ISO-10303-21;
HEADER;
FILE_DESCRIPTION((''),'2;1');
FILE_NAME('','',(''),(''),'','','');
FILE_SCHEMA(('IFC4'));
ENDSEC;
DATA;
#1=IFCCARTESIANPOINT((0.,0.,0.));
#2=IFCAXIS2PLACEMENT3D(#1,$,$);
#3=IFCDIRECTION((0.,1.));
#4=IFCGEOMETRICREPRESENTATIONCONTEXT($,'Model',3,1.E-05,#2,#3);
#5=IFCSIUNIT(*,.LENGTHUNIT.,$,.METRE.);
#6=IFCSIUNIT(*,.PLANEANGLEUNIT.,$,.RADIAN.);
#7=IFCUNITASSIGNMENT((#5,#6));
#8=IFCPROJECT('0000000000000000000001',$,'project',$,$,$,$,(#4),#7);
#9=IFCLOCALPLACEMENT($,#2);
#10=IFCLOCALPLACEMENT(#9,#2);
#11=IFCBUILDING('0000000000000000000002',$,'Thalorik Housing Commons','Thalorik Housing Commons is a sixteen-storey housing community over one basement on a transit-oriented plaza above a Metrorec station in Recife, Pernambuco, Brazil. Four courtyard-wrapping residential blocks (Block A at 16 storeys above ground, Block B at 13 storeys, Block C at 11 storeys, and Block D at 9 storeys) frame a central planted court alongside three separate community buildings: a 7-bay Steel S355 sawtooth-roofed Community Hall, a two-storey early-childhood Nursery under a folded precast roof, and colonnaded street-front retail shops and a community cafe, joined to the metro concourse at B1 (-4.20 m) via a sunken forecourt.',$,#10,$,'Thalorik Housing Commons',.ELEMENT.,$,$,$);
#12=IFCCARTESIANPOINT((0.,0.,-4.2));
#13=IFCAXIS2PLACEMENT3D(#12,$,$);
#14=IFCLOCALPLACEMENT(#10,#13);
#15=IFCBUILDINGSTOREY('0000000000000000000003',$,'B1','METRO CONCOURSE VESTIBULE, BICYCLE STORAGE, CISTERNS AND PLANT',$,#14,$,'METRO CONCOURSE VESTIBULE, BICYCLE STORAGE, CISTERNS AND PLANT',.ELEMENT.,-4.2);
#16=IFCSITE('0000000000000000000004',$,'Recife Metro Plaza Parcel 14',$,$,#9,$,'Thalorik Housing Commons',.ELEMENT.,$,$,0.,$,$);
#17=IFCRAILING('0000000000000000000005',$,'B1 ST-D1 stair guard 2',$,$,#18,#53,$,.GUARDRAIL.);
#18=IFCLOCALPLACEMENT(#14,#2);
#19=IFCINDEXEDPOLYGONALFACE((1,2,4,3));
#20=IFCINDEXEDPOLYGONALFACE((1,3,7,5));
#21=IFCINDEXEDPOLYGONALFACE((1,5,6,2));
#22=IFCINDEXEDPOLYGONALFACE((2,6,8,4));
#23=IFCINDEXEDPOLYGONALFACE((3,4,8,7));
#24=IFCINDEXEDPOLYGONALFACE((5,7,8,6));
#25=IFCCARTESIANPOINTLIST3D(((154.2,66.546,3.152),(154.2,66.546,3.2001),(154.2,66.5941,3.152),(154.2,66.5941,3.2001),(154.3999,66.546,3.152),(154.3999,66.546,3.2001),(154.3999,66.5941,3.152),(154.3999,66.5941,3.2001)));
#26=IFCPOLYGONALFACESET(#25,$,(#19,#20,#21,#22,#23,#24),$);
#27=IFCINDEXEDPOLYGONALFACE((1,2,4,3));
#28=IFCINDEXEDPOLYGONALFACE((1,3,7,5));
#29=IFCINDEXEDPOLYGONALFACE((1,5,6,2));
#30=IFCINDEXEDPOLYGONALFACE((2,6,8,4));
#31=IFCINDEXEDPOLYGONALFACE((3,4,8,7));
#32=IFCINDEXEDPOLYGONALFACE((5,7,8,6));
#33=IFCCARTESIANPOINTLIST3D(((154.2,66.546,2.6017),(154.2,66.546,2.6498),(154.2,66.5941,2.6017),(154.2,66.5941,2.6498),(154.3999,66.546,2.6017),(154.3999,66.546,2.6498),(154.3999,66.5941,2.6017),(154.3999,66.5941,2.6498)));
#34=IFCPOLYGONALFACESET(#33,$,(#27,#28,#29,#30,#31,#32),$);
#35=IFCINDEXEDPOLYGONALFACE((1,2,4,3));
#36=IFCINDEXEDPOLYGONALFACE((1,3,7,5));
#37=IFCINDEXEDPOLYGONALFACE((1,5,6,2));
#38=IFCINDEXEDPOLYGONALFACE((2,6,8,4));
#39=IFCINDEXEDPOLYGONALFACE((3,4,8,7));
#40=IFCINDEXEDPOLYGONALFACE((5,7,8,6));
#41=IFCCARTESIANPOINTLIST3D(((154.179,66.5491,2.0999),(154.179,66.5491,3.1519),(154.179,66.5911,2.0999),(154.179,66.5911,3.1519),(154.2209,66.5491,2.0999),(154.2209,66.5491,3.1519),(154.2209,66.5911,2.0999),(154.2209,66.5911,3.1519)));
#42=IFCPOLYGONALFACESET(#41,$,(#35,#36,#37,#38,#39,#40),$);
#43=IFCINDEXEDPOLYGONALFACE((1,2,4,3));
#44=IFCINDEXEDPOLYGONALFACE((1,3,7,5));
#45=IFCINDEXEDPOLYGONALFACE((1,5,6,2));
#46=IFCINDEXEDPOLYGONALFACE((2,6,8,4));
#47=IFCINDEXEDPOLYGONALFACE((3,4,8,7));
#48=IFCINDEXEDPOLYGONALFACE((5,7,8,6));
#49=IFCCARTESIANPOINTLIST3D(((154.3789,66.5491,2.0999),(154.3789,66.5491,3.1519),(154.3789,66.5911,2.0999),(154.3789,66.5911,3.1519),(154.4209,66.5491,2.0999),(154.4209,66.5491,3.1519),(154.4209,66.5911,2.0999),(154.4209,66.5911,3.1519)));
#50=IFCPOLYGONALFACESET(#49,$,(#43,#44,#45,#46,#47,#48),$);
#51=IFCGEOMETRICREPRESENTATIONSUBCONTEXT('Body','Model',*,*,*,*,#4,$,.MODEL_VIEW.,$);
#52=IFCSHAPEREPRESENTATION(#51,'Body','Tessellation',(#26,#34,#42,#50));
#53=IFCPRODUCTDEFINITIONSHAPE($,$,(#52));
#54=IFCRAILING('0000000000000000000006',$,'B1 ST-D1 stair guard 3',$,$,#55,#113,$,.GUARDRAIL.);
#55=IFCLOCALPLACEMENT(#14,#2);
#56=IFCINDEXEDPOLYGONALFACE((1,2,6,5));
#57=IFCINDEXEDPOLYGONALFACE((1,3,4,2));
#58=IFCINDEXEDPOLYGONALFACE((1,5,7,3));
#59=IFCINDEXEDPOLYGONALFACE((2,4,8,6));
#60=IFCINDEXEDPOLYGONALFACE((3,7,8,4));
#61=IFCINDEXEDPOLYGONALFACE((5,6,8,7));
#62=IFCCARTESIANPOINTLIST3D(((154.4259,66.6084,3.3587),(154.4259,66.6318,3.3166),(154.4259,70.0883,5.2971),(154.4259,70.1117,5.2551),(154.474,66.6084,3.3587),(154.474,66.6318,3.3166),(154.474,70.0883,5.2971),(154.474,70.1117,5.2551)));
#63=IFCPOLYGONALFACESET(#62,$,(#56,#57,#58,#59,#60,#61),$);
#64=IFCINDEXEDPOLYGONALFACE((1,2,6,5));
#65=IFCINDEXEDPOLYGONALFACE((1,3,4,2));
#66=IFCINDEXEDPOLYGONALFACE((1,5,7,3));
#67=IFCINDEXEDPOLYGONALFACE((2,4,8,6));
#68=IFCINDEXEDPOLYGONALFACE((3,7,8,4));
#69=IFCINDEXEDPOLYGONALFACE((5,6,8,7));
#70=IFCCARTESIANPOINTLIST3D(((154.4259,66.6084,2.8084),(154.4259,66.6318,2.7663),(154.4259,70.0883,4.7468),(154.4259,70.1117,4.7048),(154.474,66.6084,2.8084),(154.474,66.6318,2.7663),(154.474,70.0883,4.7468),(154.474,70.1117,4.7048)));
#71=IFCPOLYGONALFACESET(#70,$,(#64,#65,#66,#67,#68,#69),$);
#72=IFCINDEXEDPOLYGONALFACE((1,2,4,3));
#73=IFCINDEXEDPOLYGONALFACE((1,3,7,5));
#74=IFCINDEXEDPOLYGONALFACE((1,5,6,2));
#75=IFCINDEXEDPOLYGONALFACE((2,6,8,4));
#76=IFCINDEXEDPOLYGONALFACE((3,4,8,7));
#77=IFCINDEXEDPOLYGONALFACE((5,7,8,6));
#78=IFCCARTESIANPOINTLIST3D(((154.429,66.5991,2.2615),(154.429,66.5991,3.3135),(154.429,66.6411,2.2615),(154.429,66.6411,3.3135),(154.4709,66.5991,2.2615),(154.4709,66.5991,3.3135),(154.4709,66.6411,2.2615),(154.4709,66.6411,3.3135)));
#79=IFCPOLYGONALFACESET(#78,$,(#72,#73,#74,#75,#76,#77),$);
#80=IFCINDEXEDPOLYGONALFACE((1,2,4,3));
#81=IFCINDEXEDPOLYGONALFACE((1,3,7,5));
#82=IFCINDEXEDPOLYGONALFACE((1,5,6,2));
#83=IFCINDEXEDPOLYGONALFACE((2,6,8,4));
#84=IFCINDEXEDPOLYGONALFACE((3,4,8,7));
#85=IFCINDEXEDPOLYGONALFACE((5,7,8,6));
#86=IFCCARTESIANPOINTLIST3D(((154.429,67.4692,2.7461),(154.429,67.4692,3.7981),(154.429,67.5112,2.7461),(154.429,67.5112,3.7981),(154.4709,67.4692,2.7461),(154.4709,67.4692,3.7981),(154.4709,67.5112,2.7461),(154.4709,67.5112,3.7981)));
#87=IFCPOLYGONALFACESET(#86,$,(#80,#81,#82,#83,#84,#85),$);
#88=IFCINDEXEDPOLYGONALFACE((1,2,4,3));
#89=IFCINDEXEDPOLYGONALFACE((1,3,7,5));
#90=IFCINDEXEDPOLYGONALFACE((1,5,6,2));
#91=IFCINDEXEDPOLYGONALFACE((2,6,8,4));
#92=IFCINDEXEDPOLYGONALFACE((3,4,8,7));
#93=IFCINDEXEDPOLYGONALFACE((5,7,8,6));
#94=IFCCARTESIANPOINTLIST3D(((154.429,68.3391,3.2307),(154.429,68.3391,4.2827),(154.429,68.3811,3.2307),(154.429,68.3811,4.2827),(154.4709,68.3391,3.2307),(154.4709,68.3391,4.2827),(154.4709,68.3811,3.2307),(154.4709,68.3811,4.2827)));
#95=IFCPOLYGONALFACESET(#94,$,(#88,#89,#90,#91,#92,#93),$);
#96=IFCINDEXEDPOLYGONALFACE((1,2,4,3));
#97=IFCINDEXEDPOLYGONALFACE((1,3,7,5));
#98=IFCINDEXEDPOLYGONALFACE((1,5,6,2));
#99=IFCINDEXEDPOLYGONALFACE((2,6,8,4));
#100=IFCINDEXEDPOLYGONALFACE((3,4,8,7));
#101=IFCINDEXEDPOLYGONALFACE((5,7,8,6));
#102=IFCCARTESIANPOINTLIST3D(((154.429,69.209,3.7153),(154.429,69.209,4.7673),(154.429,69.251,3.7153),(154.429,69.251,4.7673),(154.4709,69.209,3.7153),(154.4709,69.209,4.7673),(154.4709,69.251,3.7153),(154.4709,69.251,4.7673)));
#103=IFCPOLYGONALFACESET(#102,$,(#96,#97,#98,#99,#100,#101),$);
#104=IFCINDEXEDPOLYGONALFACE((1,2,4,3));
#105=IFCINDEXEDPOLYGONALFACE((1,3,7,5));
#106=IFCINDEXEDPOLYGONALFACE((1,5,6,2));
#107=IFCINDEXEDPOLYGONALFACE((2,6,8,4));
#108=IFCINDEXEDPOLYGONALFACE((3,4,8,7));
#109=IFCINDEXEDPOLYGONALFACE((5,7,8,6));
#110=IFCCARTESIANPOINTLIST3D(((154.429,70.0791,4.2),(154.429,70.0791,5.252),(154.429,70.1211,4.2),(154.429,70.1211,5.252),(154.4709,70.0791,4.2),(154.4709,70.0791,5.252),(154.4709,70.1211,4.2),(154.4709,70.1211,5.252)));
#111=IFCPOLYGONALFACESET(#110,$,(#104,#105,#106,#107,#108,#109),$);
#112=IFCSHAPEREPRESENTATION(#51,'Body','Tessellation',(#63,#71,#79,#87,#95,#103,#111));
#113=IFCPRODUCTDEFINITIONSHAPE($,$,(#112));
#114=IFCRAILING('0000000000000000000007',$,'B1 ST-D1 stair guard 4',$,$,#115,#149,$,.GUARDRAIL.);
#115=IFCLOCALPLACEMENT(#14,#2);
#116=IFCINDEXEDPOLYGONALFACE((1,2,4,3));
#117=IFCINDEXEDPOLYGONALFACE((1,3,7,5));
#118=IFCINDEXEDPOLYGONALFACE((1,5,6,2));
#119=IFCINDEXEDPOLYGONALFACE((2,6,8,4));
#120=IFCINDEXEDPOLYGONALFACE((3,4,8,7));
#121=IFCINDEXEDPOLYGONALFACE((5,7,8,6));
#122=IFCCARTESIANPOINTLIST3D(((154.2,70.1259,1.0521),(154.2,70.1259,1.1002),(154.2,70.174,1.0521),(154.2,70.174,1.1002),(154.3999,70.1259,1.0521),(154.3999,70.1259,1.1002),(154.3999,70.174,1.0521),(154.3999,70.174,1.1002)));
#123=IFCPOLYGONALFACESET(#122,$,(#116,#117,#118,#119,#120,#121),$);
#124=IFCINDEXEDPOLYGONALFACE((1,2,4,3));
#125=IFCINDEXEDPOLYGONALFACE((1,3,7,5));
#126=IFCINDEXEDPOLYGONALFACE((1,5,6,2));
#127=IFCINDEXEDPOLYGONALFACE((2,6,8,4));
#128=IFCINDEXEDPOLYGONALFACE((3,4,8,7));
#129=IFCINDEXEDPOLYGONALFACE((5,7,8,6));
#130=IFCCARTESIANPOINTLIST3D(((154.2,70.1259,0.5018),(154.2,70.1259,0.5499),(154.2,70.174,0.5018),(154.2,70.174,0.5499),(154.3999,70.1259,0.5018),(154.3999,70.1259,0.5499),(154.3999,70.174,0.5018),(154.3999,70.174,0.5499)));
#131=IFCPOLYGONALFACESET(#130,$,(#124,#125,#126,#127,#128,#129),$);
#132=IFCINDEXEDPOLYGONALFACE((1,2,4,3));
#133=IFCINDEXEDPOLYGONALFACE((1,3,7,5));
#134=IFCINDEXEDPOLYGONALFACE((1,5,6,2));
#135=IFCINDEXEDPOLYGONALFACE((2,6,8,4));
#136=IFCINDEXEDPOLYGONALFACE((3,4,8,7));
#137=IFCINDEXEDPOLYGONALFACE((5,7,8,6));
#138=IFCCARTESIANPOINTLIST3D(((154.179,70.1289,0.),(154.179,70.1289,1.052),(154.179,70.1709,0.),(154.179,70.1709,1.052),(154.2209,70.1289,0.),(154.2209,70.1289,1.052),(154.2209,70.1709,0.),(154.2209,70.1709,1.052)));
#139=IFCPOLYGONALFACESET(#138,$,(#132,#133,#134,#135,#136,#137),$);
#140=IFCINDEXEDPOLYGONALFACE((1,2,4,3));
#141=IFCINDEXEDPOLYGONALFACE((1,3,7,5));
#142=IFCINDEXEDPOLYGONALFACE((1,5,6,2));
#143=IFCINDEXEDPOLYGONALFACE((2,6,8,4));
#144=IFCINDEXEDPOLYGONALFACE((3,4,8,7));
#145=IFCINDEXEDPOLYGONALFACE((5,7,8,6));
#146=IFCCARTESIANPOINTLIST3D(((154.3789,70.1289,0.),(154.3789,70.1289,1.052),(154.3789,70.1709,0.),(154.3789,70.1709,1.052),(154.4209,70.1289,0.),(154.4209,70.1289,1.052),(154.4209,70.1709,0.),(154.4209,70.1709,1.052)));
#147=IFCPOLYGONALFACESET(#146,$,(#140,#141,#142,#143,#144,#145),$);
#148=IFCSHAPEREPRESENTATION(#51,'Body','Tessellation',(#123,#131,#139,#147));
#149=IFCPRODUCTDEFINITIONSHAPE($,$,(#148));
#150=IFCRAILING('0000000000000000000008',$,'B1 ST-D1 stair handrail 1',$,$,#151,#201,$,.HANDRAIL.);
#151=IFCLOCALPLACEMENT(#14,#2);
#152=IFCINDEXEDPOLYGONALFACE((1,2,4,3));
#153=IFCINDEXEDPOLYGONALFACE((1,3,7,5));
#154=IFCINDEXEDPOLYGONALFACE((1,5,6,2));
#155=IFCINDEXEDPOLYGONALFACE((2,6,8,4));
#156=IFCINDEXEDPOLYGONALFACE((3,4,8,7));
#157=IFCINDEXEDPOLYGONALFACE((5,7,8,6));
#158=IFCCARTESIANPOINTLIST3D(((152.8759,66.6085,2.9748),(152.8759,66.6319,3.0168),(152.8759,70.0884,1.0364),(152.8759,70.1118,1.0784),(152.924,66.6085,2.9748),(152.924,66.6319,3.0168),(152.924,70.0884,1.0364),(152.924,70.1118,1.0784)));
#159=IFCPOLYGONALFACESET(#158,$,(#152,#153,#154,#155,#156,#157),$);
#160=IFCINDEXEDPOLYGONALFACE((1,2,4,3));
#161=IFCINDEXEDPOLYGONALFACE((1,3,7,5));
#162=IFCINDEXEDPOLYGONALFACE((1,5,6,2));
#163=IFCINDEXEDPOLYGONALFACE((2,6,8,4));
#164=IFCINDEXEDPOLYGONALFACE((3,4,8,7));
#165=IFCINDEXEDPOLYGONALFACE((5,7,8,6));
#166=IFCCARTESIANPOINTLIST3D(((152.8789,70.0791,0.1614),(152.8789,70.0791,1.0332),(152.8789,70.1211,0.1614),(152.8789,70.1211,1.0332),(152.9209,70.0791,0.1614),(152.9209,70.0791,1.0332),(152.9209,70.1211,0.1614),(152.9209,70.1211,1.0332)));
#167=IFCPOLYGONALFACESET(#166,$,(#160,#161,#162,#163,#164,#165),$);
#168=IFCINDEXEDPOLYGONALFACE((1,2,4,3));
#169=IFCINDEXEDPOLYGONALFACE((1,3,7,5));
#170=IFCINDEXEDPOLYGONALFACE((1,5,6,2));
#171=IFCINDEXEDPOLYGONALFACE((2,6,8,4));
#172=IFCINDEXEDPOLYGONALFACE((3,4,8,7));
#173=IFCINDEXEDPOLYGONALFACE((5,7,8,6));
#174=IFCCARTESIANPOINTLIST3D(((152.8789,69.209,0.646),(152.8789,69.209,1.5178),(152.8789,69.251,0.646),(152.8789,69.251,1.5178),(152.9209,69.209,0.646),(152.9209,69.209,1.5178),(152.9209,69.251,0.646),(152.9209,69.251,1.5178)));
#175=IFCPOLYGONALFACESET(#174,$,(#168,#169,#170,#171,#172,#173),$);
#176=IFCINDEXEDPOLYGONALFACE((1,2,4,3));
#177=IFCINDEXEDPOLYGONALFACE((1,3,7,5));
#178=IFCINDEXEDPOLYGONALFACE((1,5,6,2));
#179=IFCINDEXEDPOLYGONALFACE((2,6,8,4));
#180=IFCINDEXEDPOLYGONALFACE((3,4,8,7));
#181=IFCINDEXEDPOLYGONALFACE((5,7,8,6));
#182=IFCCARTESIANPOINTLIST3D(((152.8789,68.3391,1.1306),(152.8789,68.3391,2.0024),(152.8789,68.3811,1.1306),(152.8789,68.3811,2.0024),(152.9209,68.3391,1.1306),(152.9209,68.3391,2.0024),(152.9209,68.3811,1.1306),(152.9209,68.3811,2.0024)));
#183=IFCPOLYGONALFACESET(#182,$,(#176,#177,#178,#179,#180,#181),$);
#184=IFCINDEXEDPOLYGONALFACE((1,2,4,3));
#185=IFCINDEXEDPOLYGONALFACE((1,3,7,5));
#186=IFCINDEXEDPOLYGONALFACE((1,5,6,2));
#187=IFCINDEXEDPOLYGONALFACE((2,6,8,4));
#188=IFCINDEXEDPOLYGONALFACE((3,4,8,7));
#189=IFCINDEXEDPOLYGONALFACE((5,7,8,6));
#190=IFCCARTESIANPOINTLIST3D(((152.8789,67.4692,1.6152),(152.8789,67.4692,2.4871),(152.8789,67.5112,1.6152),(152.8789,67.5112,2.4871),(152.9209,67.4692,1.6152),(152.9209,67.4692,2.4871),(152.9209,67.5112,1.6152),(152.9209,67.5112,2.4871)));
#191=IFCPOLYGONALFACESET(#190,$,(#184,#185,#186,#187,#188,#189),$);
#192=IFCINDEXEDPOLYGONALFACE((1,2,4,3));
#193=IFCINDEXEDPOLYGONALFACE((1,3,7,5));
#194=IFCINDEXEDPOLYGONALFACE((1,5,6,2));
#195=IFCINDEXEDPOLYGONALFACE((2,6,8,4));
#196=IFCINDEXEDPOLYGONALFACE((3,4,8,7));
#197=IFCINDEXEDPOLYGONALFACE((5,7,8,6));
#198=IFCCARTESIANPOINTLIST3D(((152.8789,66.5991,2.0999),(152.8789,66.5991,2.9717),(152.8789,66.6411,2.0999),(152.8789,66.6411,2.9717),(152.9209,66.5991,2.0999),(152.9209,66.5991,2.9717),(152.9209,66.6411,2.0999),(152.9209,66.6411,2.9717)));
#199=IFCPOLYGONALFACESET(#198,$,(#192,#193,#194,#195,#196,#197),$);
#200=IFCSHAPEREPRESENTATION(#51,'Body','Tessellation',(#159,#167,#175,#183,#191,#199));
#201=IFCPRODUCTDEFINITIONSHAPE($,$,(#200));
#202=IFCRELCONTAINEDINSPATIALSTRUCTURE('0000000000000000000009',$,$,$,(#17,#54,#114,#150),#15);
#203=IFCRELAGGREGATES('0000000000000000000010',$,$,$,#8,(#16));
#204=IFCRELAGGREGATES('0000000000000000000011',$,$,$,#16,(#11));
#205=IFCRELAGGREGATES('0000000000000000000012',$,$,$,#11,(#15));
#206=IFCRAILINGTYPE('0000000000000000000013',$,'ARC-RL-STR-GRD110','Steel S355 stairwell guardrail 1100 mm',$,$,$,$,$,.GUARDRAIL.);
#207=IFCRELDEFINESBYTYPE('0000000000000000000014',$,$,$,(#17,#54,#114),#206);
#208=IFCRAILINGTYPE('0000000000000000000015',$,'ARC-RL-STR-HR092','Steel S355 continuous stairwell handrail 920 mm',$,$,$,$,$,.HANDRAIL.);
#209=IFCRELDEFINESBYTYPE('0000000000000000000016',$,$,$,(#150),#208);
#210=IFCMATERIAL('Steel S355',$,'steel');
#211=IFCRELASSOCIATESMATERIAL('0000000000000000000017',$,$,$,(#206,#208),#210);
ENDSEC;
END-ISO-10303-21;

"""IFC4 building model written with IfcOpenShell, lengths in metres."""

from ifc_helpers import new_model, si_unit, direction, frame, origin, origin_2d, place, context, subcontext, project, spatial, rectangle, extrude, material, type_object, element, save


model = new_model("IFC4")

# Units and contexts
model_context = context("Model", 3, precision=1e-05, world=origin(), true_north=direction((0.0, 1.0)))
body_context = subcontext(model_context, "Body", "Model", "MODEL_VIEW")
ifc_project = project(units=[si_unit("LENGTHUNIT", "METRE"), si_unit("PLANEANGLEUNIT", "RADIAN")], contexts=[model_context])

# Site, building, storey
site_placement = place(None, origin())
site = spatial("IfcSite", under=ifc_project, at=site_placement, Name="Recife Metro Plaza Parcel 14", LongName="Thalorik Housing Commons", CompositionType="ELEMENT", RefElevation=0.0)
building_placement = place(site_placement, origin())
building = spatial("IfcBuilding", under=site, at=building_placement, Name="Thalorik Housing Commons", Description="Thalorik Housing Commons is a sixteen-storey housing community over one basement on a transit-oriented plaza above a Metrorec station in Recife, Pernambuco, Brazil. Four courtyard-wrapping residential blocks (Block A at 16 storeys above ground, Block B at 13 storeys, Block C at 11 storeys, and Block D at 9 storeys) frame a central planted court alongside three separate community buildings: a 7-bay Steel S355 sawtooth-roofed Community Hall, a two-storey early-childhood Nursery under a folded precast roof, and colonnaded street-front retail shops and a community cafe, joined to the metro concourse at B1 (-4.20 m) via a sunken forecourt.", LongName="Thalorik Housing Commons", CompositionType="ELEMENT")
storey_placement = place(building_placement, frame((0.0, 0.0, -4.2)))
storey = spatial("IfcBuildingStorey", under=building, at=storey_placement, Name="B1", Description="METRO CONCOURSE VESTIBULE, BICYCLE STORAGE, CISTERNS AND PLANT", LongName="METRO CONCOURSE VESTIBULE, BICYCLE STORAGE, CISTERNS AND PLANT", CompositionType="ELEMENT", Elevation=-4.2)

# Shared definitions
ifc_material_1 = material(Name="Steel S355", Category="steel")

# Railings
railing_type_1 = type_object("IfcRailingType", Name="ARC-RL-STR-GRD110", Description="Steel S355 stairwell guardrail 1100 mm", PredefinedType="GUARDRAIL", material=ifc_material_1)
railing_1_placement = place(storey_placement, frame((154.2, 66.5701, 2.0999)))
element("IfcRailing", 1, at=railing_1_placement, inside=storey, type_object=railing_type_1, Name="B1 ST-D1 stair guard 2", PredefinedType="GUARDRAIL", context=body_context, shape_type="SweptSolid", body=[
    extrude(rectangle(XDim=0.0481, YDim=0.0481, at=origin_2d()), frame((0.0, 0.0, 1.0762), z_axis=(1.0, 0.0, 0.0), x_axis=(0.0, 1.0, 0.0)), (0.0, 0.0, 1.0), 0.2),
    extrude(rectangle(XDim=0.0481, YDim=0.0481, at=origin_2d()), frame((0.0, 0.0, 0.5259), z_axis=(1.0, 0.0, 0.0), x_axis=(0.0, 1.0, 0.0)), (0.0, 0.0, 1.0), 0.2),
    extrude(rectangle(XDim=0.042, YDim=0.042, at=origin_2d()), origin(), (0.0, 0.0, 1.0), 1.052),
    extrude(rectangle(XDim=0.042, YDim=0.042, at=origin_2d()), frame((0.2, 0.0, 0.0)), (0.0, 0.0, 1.0), 1.052),
])
railing_2_placement = place(storey_placement, frame((154.45, 66.6201, 2.2615)))
element("IfcRailing", 2, at=railing_2_placement, inside=storey, type_object=railing_type_1, Name="B1 ST-D1 stair guard 3", PredefinedType="GUARDRAIL", context=body_context, shape_type="SweptSolid", body=[
    extrude(rectangle(XDim=0.0481, YDim=0.0481, at=origin_2d()), frame((0.0, 0.0, 1.0762), z_axis=(0.0, 0.873607, 0.486631), x_axis=(-1.0, 0.0, 0.0)), (0.0, 0.0, 1.0), 3.9834),
    extrude(rectangle(XDim=0.0481, YDim=0.0481, at=origin_2d()), frame((0.0, 0.0, 0.5259), z_axis=(0.0, 0.873607, 0.486631), x_axis=(-1.0, 0.0, 0.0)), (0.0, 0.0, 1.0), 3.9834),
    extrude(rectangle(XDim=0.042, YDim=0.042, at=origin_2d()), origin(), (0.0, 0.0, 1.0), 1.052),
    extrude(rectangle(XDim=0.042, YDim=0.042, at=origin_2d()), frame((0.0, 0.8701, 0.4846)), (0.0, 0.0, 1.0), 1.052),
    extrude(rectangle(XDim=0.042, YDim=0.042, at=origin_2d()), frame((0.0, 1.74, 0.9692)), (0.0, 0.0, 1.0), 1.052),
    extrude(rectangle(XDim=0.042, YDim=0.042, at=origin_2d()), frame((0.0, 2.6099, 1.4539)), (0.0, 0.0, 1.0), 1.052),
    extrude(rectangle(XDim=0.042, YDim=0.042, at=origin_2d()), frame((0.0, 3.48, 1.9385)), (0.0, 0.0, 1.0), 1.052),
])
railing_3_placement = place(storey_placement, frame((154.2, 70.1499, 0.0)))
element("IfcRailing", 3, at=railing_3_placement, inside=storey, type_object=railing_type_1, Name="B1 ST-D1 stair guard 4", PredefinedType="GUARDRAIL", context=body_context, shape_type="SweptSolid", body=[
    extrude(rectangle(XDim=0.0481, YDim=0.0481, at=origin_2d()), frame((0.0, 0.0, 1.0762), z_axis=(1.0, 0.0, 0.0), x_axis=(0.0, 1.0, 0.0)), (0.0, 0.0, 1.0), 0.2),
    extrude(rectangle(XDim=0.0481, YDim=0.0481, at=origin_2d()), frame((0.0, 0.0, 0.5259), z_axis=(1.0, 0.0, 0.0), x_axis=(0.0, 1.0, 0.0)), (0.0, 0.0, 1.0), 0.2),
    extrude(rectangle(XDim=0.042, YDim=0.042, at=origin_2d()), origin(), (0.0, 0.0, 1.0), 1.052),
    extrude(rectangle(XDim=0.042, YDim=0.042, at=origin_2d()), frame((0.2, 0.0, 0.0)), (0.0, 0.0, 1.0), 1.052),
])
railing_type_2 = type_object("IfcRailingType", Name="ARC-RL-STR-HR092", Description="Steel S355 continuous stairwell handrail 920 mm", PredefinedType="HANDRAIL", material=ifc_material_1)
railing_4_placement = place(storey_placement, frame((152.8999, 70.1001, 0.1614)))
element("IfcRailing", 4, at=railing_4_placement, inside=storey, type_object=railing_type_2, Name="B1 ST-D1 stair handrail 1", PredefinedType="HANDRAIL", context=body_context, shape_type="SweptSolid", body=[
    extrude(rectangle(XDim=0.0481, YDim=0.0481, at=origin_2d()), frame((0.0, 0.0, 0.896), z_axis=(0.0, -0.873607, 0.486631), x_axis=(1.0, 0.0, 0.0)), (0.0, 0.0, 1.0), 3.9834),
    extrude(rectangle(XDim=0.042, YDim=0.042, at=origin_2d()), origin(), (0.0, 0.0, 1.0), 0.8718),
    extrude(rectangle(XDim=0.042, YDim=0.042, at=origin_2d()), frame((0.0, -0.8701, 0.4846)), (0.0, 0.0, 1.0), 0.8718),
    extrude(rectangle(XDim=0.042, YDim=0.042, at=origin_2d()), frame((0.0, -1.74, 0.9692)), (0.0, 0.0, 1.0), 0.8718),
    extrude(rectangle(XDim=0.042, YDim=0.042, at=origin_2d()), frame((0.0, -2.6099, 1.4539)), (0.0, 0.0, 1.0), 0.8718),
    extrude(rectangle(XDim=0.042, YDim=0.042, at=origin_2d()), frame((0.0, -3.48, 1.9385)), (0.0, 0.0, 1.0), 0.8718),
])

save(model, "model.ifc")
